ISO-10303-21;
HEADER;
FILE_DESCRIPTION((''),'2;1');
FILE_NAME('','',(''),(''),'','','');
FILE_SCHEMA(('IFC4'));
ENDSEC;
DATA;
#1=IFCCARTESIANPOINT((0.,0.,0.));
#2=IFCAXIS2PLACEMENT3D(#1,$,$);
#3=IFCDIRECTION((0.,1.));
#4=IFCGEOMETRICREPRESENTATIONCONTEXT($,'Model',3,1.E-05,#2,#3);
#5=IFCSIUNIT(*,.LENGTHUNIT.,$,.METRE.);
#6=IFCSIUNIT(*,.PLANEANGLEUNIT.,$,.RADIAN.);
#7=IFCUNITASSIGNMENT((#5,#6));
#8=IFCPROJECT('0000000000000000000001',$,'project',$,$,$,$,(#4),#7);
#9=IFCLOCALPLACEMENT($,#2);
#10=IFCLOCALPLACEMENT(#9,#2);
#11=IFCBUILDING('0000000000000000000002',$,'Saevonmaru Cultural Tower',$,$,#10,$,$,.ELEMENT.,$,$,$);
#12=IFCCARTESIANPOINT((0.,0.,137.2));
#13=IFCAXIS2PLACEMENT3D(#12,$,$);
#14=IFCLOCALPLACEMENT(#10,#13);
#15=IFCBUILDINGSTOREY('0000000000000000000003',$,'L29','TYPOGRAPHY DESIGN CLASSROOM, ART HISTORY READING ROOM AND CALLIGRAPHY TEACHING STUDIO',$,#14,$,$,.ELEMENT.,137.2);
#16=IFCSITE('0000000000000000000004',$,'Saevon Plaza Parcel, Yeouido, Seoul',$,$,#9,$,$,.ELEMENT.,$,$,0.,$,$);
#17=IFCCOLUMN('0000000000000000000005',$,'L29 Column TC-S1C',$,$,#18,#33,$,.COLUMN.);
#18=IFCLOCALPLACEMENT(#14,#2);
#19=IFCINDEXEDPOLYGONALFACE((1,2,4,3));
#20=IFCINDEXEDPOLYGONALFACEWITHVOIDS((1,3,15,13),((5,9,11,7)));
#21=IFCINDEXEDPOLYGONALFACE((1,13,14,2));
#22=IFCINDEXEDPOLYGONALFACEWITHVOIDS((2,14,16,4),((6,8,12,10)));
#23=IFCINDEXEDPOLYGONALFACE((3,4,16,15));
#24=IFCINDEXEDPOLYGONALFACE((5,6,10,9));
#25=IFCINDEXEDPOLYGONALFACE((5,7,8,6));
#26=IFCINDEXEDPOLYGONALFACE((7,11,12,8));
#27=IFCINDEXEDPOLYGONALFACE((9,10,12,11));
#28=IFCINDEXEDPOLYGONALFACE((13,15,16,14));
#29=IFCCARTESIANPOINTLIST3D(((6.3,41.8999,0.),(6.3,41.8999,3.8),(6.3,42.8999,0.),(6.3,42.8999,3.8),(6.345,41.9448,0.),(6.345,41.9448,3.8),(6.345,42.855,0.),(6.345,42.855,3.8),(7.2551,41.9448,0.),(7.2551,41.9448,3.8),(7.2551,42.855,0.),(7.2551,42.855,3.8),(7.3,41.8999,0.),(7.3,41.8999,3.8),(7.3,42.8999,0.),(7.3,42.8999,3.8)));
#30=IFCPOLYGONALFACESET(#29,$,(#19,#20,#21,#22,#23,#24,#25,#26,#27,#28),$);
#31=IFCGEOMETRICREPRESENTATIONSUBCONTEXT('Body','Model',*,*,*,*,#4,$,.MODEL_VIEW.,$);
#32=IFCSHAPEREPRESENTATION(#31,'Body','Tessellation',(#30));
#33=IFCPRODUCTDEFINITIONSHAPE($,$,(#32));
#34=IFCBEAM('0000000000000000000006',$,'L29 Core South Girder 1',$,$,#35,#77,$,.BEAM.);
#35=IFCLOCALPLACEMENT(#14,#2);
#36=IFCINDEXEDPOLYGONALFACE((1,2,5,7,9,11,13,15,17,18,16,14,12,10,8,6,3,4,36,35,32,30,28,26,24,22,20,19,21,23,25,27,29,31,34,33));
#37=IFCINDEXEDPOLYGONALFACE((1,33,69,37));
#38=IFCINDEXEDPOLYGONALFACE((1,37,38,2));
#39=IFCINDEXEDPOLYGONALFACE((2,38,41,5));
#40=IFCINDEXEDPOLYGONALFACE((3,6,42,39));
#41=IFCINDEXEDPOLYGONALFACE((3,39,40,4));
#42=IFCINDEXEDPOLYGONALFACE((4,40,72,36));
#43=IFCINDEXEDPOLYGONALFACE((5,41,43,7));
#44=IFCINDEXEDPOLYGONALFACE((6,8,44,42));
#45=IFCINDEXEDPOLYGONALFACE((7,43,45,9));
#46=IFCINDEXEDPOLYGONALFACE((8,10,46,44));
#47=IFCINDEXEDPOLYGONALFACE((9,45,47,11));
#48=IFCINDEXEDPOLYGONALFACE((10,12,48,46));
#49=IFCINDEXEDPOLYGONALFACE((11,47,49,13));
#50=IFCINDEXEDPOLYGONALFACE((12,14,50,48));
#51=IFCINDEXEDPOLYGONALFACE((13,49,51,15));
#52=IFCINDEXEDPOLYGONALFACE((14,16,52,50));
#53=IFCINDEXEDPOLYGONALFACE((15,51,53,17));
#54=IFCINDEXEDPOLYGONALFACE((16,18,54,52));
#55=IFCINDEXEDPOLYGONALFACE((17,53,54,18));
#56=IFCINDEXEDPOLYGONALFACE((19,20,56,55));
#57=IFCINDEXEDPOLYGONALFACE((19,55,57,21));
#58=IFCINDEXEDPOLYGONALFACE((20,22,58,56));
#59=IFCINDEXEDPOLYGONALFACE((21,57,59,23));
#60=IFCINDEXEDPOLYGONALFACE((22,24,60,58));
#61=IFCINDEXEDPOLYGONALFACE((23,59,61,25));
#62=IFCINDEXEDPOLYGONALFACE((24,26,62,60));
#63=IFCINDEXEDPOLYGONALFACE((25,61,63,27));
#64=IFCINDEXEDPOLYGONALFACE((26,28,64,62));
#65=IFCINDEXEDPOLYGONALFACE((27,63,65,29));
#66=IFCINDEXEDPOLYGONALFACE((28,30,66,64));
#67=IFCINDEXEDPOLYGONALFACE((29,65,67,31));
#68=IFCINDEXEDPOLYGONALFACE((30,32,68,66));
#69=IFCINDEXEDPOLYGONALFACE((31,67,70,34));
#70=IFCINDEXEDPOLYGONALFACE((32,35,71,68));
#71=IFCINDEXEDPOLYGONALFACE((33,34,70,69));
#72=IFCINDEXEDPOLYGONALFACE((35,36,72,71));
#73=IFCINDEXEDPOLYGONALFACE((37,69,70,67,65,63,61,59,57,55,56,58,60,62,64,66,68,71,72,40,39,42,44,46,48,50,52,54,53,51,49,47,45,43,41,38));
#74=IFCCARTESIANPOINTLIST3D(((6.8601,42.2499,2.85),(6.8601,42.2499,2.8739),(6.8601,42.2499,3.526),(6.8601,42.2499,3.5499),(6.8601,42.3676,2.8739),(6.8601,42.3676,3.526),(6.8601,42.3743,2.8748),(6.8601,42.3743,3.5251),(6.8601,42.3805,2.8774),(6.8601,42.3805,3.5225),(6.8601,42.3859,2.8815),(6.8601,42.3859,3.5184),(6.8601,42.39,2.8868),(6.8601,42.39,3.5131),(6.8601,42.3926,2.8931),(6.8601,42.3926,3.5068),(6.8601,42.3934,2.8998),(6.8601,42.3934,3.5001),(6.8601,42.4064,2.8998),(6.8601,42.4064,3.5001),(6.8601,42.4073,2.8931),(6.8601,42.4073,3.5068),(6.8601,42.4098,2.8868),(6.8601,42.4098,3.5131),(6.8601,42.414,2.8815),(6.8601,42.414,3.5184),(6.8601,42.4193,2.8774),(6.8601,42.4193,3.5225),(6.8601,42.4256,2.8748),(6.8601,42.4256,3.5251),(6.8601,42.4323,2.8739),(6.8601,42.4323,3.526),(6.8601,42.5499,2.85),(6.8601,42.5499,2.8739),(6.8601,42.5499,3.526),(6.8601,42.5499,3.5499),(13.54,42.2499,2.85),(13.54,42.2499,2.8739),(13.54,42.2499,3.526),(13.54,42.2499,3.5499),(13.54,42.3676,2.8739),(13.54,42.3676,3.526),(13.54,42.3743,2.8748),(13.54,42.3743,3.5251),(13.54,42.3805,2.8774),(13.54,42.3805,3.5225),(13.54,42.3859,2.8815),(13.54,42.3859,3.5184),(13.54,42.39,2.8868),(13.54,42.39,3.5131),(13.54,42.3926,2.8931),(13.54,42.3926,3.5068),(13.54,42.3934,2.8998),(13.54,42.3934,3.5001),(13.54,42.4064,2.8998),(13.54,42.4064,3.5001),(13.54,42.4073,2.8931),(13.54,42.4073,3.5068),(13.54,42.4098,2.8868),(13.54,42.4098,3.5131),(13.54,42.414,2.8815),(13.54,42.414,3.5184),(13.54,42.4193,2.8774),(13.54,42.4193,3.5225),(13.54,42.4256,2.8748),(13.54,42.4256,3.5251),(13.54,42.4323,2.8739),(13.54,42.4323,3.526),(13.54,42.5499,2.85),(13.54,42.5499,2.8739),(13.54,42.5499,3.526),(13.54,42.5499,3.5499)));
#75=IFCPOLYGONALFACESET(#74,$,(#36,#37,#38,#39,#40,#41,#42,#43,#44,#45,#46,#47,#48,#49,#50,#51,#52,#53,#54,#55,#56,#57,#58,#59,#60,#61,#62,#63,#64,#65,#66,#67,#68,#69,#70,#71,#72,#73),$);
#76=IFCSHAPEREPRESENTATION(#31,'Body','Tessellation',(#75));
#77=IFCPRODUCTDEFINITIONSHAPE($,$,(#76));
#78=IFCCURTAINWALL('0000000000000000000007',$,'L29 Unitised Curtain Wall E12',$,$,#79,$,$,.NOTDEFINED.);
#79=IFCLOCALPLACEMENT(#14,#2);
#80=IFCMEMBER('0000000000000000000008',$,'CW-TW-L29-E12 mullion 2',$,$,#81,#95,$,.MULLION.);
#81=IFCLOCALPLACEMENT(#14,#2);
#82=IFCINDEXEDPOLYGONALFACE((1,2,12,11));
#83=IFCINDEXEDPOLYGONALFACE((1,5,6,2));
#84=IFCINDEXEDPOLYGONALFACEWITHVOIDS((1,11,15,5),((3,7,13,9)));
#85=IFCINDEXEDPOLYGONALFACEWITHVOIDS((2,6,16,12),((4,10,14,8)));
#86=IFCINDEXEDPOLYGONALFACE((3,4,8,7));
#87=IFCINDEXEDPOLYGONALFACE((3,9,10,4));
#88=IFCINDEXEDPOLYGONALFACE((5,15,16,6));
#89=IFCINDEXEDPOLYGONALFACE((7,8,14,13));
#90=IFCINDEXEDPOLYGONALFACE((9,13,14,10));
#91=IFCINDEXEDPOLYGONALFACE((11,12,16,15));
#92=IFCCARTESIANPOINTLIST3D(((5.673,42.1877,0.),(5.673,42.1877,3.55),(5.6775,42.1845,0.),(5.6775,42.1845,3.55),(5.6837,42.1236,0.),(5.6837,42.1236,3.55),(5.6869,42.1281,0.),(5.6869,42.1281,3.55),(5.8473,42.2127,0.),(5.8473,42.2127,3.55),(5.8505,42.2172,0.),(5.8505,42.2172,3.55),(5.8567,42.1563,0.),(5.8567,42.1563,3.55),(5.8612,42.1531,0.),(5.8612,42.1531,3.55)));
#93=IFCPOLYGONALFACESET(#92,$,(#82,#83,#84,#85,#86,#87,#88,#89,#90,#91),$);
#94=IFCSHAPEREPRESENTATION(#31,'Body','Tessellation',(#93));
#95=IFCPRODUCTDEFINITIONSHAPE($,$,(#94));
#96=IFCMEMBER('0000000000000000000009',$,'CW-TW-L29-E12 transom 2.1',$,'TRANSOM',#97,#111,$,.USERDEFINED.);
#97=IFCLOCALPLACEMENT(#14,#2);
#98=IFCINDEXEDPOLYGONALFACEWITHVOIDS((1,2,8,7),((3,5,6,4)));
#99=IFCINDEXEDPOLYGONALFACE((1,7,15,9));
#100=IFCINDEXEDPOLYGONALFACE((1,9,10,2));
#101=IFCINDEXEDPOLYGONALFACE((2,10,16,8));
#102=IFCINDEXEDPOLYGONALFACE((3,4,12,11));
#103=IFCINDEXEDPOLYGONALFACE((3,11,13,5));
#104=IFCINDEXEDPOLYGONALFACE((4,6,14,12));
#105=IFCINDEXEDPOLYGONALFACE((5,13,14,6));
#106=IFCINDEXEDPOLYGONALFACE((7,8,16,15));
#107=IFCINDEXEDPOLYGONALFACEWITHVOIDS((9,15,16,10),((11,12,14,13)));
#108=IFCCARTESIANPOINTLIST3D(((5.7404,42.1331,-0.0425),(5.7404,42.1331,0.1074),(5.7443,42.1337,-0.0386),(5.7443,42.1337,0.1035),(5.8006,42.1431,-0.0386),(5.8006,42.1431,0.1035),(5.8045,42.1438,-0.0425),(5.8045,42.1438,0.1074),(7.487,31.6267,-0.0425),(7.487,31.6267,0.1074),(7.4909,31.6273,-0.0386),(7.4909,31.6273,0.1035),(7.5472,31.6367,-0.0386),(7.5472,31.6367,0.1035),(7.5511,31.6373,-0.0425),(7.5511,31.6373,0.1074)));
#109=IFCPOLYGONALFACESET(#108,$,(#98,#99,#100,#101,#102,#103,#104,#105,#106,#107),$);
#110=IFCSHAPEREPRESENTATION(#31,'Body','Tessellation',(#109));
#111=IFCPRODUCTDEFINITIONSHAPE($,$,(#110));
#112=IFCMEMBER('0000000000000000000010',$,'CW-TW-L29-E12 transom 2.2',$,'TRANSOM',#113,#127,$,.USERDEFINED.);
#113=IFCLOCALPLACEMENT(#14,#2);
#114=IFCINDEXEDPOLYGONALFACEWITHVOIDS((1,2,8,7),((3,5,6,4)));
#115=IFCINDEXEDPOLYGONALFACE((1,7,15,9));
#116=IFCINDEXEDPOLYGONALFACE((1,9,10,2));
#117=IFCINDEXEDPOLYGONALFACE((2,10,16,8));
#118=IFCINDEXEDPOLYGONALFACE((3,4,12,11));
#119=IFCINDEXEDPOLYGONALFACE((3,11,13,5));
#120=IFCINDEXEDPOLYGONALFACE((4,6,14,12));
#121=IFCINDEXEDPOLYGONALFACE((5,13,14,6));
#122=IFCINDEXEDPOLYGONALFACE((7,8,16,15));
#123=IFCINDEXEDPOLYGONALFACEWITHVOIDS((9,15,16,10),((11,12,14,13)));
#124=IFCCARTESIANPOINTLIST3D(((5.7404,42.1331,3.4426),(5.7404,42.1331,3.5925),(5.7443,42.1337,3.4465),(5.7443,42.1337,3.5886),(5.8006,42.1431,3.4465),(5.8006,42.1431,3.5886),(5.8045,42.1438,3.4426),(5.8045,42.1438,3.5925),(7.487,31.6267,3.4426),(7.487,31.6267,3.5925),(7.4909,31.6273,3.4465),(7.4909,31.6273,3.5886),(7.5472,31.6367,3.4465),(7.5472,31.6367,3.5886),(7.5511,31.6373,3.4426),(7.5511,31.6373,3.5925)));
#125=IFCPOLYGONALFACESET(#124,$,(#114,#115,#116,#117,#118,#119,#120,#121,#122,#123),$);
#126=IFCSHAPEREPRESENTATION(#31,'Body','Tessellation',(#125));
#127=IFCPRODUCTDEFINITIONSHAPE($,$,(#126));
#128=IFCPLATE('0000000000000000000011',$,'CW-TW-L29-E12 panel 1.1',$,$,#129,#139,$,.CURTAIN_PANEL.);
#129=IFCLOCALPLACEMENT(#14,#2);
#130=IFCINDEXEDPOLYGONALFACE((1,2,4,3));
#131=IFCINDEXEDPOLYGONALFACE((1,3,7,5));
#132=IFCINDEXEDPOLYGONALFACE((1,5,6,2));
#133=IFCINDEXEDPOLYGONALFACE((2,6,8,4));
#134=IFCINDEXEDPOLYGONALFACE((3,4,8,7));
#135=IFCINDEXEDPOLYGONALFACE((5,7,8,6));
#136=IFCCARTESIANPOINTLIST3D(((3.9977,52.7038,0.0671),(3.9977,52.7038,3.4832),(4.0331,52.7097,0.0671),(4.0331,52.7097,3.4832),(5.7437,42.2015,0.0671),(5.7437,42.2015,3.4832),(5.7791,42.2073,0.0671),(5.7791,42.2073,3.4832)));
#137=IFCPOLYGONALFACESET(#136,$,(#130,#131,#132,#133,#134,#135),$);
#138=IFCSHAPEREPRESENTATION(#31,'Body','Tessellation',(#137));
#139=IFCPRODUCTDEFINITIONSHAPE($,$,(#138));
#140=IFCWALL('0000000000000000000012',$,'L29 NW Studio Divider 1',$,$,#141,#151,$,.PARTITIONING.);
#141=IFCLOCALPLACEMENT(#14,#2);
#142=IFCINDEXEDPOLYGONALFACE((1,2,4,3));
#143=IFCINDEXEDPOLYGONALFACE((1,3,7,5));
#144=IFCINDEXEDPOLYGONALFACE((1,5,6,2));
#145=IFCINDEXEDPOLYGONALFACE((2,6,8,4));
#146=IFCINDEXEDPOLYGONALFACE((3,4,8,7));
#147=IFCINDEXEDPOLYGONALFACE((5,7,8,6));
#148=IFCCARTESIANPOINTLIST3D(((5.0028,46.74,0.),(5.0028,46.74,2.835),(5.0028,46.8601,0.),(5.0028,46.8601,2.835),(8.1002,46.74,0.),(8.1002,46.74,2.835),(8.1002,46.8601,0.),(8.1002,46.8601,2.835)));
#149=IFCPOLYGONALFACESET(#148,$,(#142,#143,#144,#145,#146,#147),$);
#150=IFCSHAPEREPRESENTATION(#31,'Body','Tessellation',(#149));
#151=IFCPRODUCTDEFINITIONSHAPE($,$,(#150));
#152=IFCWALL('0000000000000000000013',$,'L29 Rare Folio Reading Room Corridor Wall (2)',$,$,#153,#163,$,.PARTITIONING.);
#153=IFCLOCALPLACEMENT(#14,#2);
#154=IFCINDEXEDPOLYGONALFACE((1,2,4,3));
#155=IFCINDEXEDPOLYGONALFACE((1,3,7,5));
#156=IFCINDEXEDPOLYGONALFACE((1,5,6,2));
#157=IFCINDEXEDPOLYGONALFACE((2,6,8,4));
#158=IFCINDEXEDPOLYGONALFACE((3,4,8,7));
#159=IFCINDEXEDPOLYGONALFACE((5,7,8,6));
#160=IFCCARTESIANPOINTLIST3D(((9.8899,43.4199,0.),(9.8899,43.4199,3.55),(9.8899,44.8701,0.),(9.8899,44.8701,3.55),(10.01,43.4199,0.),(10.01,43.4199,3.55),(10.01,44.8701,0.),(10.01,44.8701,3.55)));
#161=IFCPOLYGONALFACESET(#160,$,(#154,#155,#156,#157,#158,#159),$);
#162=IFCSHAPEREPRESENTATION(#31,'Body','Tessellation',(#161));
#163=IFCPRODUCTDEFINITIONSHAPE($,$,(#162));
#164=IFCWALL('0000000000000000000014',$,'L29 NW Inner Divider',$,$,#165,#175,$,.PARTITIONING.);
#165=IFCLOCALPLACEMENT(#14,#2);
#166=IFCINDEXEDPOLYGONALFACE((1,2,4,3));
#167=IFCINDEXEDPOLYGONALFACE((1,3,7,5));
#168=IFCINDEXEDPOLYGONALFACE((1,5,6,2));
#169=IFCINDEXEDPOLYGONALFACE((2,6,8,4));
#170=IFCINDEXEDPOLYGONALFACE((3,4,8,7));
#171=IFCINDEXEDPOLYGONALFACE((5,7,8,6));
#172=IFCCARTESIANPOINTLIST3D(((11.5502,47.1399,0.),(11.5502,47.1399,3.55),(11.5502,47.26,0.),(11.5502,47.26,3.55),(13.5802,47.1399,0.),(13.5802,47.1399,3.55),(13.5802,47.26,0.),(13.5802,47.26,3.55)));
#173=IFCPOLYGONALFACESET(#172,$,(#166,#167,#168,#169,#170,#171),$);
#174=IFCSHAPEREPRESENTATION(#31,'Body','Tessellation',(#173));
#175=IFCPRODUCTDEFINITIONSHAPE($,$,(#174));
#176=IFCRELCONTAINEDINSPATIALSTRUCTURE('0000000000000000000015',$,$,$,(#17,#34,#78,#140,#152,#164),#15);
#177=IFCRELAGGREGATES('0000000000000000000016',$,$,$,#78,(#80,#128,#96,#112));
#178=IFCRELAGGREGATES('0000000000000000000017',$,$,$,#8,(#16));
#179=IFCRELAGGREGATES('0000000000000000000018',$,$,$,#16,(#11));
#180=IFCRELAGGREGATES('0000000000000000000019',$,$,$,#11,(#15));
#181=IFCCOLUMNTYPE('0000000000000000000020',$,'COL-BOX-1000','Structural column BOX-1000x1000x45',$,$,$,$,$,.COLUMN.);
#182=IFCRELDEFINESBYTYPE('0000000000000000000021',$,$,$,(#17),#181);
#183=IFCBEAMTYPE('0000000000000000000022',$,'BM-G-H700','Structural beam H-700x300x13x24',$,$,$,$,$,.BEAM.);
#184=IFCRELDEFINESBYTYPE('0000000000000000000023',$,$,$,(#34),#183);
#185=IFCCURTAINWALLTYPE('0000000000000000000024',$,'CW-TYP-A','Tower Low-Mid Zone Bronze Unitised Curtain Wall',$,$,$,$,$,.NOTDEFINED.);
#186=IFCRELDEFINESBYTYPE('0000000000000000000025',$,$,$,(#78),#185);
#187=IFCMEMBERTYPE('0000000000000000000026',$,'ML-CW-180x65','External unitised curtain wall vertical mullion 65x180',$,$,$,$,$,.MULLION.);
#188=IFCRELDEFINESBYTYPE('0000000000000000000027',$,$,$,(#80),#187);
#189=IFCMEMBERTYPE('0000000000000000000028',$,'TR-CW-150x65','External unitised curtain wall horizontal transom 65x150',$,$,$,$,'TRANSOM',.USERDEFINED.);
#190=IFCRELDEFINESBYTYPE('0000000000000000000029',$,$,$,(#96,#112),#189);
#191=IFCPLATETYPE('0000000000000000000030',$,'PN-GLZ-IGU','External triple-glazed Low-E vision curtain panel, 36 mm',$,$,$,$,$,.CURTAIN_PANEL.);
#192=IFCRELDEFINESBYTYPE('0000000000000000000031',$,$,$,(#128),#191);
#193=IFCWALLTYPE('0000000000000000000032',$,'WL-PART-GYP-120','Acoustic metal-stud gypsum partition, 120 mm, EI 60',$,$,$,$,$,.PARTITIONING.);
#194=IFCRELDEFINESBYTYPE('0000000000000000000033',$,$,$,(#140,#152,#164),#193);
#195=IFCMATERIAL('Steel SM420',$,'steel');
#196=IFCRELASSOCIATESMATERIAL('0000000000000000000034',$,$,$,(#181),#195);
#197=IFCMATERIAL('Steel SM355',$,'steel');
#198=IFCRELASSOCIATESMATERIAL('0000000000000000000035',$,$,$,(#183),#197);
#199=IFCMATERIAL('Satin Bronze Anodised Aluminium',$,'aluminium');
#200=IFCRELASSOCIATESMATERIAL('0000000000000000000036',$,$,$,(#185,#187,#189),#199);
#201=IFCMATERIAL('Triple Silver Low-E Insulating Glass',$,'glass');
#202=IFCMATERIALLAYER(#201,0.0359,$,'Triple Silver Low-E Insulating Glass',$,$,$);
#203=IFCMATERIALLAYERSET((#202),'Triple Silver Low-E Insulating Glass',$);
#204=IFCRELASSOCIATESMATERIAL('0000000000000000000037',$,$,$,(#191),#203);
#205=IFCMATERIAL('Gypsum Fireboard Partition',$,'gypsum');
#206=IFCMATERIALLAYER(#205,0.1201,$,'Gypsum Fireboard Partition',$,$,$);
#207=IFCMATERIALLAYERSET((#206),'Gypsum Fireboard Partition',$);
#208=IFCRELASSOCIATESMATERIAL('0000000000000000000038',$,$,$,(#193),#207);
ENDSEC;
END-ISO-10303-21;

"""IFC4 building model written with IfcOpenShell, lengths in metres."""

from ifc_helpers import new_model, si_unit, direction, frame, frame_2d, origin, origin_2d, place, context, subcontext, project, spatial, rectangle, hollow_rectangle, i_section, extrude, material, layer, layer_set, material_profile, profile_set, type_object, element, aggregate, save


model = new_model("IFC4")

# Units and contexts
model_context = context("Model", 3, precision=1e-05, world=origin(), true_north=direction((0.0, 1.0)))
body_context = subcontext(model_context, "Body", "Model", "MODEL_VIEW")
ifc_project = project(units=[si_unit("LENGTHUNIT", "METRE"), si_unit("PLANEANGLEUNIT", "RADIAN")], contexts=[model_context])

# Site, building, storey
site_placement = place(None, origin())
site = spatial("IfcSite", under=ifc_project, at=site_placement, Name="Saevon Plaza Parcel, Yeouido, Seoul", CompositionType="ELEMENT", RefElevation=0.0)
building_placement = place(site_placement, origin())
building = spatial("IfcBuilding", under=site, at=building_placement, Name="Saevonmaru Cultural Tower", CompositionType="ELEMENT")
storey_placement = place(building_placement, frame((0.0, 0.0, 137.2)))
storey = spatial("IfcBuildingStorey", under=building, at=storey_placement, Name="L29", Description="TYPOGRAPHY DESIGN CLASSROOM, ART HISTORY READING ROOM AND CALLIGRAPHY TEACHING STUDIO", CompositionType="ELEMENT", Elevation=137.2)

# Column
ifc_material_1 = material(Name="Steel SM420", Category="steel")
ifc_material_profile_1 = material_profile(ifc_material_1, hollow_rectangle(XDim=1.0, YDim=1.0, WallThickness=0.0449, at=origin_2d()), Name="BOX-1000x1000x45")
ifc_profile_set_1 = profile_set([ifc_material_profile_1], Name="Steel SM420")
column_type = type_object("IfcColumnType", Name="COL-BOX-1000", Description="Structural column BOX-1000x1000x45", PredefinedType="COLUMN", material=ifc_profile_set_1)
column_placement = place(storey_placement, frame((6.8, 42.3999, 0.0), z_axis=(0.0, 0.0, 1.0), x_axis=(1.0, 0.0, 0.0)))
element("IfcColumn", 1, at=column_placement, inside=storey, type_object=column_type, Name="L29 Column TC-S1C", PredefinedType="COLUMN", context=body_context, shape_type="SweptSolid", body=[
    extrude(hollow_rectangle(XDim=1.0, YDim=1.0, WallThickness=0.0449, at=origin_2d()), origin(), (0.0, 0.0, 1.0), 3.8),
])

# Beam
ifc_material_2 = material(Name="Steel SM355", Category="steel")
ifc_material_profile_2 = material_profile(ifc_material_2, i_section(OverallWidth=0.3, OverallDepth=0.7, WebThickness=0.0129, FlangeThickness=0.0239, FilletRadius=0.0259, at=origin_2d()), Name="H-700x300x13x24")
ifc_profile_set_2 = profile_set([ifc_material_profile_2], Name="Steel SM355")
beam_type = type_object("IfcBeamType", Name="BM-G-H700", Description="Structural beam H-700x300x13x24", PredefinedType="BEAM", material=ifc_profile_set_2)
beam_placement = place(storey_placement, frame((6.8601, 42.3999, 3.2), z_axis=(1.0, 0.0, 0.0), x_axis=(0.0, 1.0, 0.0)))
element("IfcBeam", 2, at=beam_placement, inside=storey, type_object=beam_type, Name="L29 Core South Girder 1", PredefinedType="BEAM", context=body_context, shape_type="SweptSolid", body=[
    extrude(i_section(OverallWidth=0.3, OverallDepth=0.7, WebThickness=0.0129, FlangeThickness=0.0239, FilletRadius=0.0259, at=origin_2d()), origin(), (0.0, 0.0, 1.0), 6.6799),
])

# Curtain wall, members, plate
ifc_material_3 = material(Name="Satin Bronze Anodised Aluminium", Category="aluminium")
curtain_wall_type = type_object("IfcCurtainWallType", Name="CW-TYP-A", Description="Tower Low-Mid Zone Bronze Unitised Curtain Wall", PredefinedType="NOTDEFINED", material=ifc_material_3)
curtain_wall_placement = place(storey_placement, origin())
curtain_wall = element("IfcCurtainWall", 3, at=curtain_wall_placement, inside=storey, type_object=curtain_wall_type, Name="L29 Unitised Curtain Wall E12", PredefinedType="NOTDEFINED")
ifc_material_profile_3 = material_profile(ifc_material_3, hollow_rectangle(XDim=0.0649, YDim=0.1799, WallThickness=0.0039, at=origin_2d()), Name="ALU-MULL-180x65x4")
ifc_profile_set_3 = profile_set([ifc_material_profile_3], Name="Satin Bronze Anodised Aluminium")
member_type_1 = type_object("IfcMemberType", Name="ML-CW-180x65", Description="External unitised curtain wall vertical mullion 65x180", PredefinedType="MULLION", material=ifc_profile_set_3)
member_1_placement = place(storey_placement, frame((5.7671, 42.1704, 0.0), z_axis=(0.0, 0.0, 1.0), x_axis=(0.163999, -0.986461, 0.0)))
member_1 = element("IfcMember", 4, at=member_1_placement, type_object=member_type_1, Name="CW-TW-L29-E12 mullion 2", PredefinedType="MULLION", context=body_context, shape_type="SweptSolid", body=[
    extrude(hollow_rectangle(XDim=0.0649, YDim=0.1799, WallThickness=0.0039, at=origin_2d()), origin(), (0.0, 0.0, 1.0), 3.55),
])
ifc_material_profile_4 = material_profile(ifc_material_3, hollow_rectangle(XDim=0.0649, YDim=0.1499, WallThickness=0.0039, at=origin_2d()), Name="ALU-TRAN-150x65x4")
ifc_profile_set_4 = profile_set([ifc_material_profile_4], Name="Satin Bronze Anodised Aluminium")
member_type_2 = type_object("IfcMemberType", Name="TR-CW-150x65", Description="External unitised curtain wall horizontal transom 65x150", ElementType="TRANSOM", PredefinedType="USERDEFINED", material=ifc_profile_set_4)
member_2_placement = place(storey_placement, frame((5.7725, 42.1384, 0.0325), z_axis=(0.16399, -0.986462, 0.0), x_axis=(0.986462, 0.16399, 0.0)))
member_2 = element("IfcMember", 5, at=member_2_placement, type_object=member_type_2, Name="CW-TW-L29-E12 transom 2.1", ObjectType="TRANSOM", PredefinedType="USERDEFINED", context=body_context, shape_type="SweptSolid", body=[
    extrude(hollow_rectangle(XDim=0.0649, YDim=0.1499, WallThickness=0.0039, at=origin_2d()), origin(), (0.0, 0.0, 1.0), 10.6506),
])
member_3_placement = place(storey_placement, frame((5.7725, 42.1384, 3.5176), z_axis=(0.16399, -0.986462, 0.0), x_axis=(0.986462, 0.16399, 0.0)))
member_3 = element("IfcMember", 6, at=member_3_placement, type_object=member_type_2, Name="CW-TW-L29-E12 transom 2.2", ObjectType="TRANSOM", PredefinedType="USERDEFINED", context=body_context, shape_type="SweptSolid", body=[
    extrude(hollow_rectangle(XDim=0.0649, YDim=0.1499, WallThickness=0.0039, at=origin_2d()), origin(), (0.0, 0.0, 1.0), 10.6506),
])
ifc_material_4 = material(Name="Triple Silver Low-E Insulating Glass", Category="glass")
ifc_layer_1 = layer(ifc_material_4, 0.0359, Name="Triple Silver Low-E Insulating Glass")
ifc_layer_set_1 = layer_set([ifc_layer_1], Name="Triple Silver Low-E Insulating Glass")
plate_type = type_object("IfcPlateType", Name="PN-GLZ-IGU", Description="External triple-glazed Low-E vision curtain panel, 36 mm", PredefinedType="CURTAIN_PANEL", material=ifc_layer_set_1)
plate_placement = place(storey_placement, frame((4.8884, 47.4556, 0.0671), z_axis=(0.0, 0.0, 1.0), x_axis=(0.163999, -0.986461, 0.0)))
plate = element("IfcPlate", 7, at=plate_placement, type_object=plate_type, Name="CW-TW-L29-E12 panel 1.1", PredefinedType="CURTAIN_PANEL", context=body_context, shape_type="SweptSolid", body=[
    extrude(rectangle(XDim=10.6465, YDim=0.0359, at=origin_2d()), origin(), (0.0, 0.0, 1.0), 3.416),
])
aggregate(curtain_wall, [member_1, plate, member_2, member_3])

# Wall
ifc_material_5 = material(Name="Gypsum Fireboard Partition", Category="gypsum")
ifc_layer_2 = layer(ifc_material_5, 0.1201, Name="Gypsum Fireboard Partition")
ifc_layer_set_2 = layer_set([ifc_layer_2], Name="Gypsum Fireboard Partition")
wall_type_1 = type_object("IfcWallType", Name="WL-PART-GYP-120", Description="Acoustic metal-stud gypsum partition, 120 mm, EI 60", PredefinedType="PARTITIONING", material=ifc_layer_set_2)
wall_1_placement = place(storey_placement, frame((5.0027, 46.8, 0.0), z_axis=(0.0, 0.0, 1.0), x_axis=(1.0, 0.0, 0.0)))
element("IfcWall", 8, at=wall_1_placement, inside=storey, type_object=wall_type_1, Name="L29 NW Studio Divider 1", PredefinedType="PARTITIONING", context=body_context, shape_type="SweptSolid", body=[
    extrude(rectangle(XDim=3.0974, YDim=0.1201, at=frame_2d((1.5488, 0.0))), origin(), (0.0, 0.0, 1.0), 2.835),
])

# Walls
wall_2_placement = place(storey_placement, frame((9.95, 43.4199, 0.0), z_axis=(0.0, 0.0, 1.0), x_axis=(0.0, 1.0, 0.0)))
element("IfcWall", 9, at=wall_2_placement, inside=storey, type_object=wall_type_1, Name="L29 Rare Folio Reading Room Corridor Wall (2)", PredefinedType="PARTITIONING", context=body_context, shape_type="SweptSolid", body=[
    extrude(rectangle(XDim=1.4502, YDim=0.1201, at=frame_2d((0.7251, 0.0))), origin(), (0.0, 0.0, 1.0), 3.55),
])
wall_3_placement = place(storey_placement, frame((11.55, 47.2, 0.0), z_axis=(0.0, 0.0, 1.0), x_axis=(1.0, 0.0, 0.0)))
element("IfcWall", 10, at=wall_3_placement, inside=storey, type_object=wall_type_1, Name="L29 NW Inner Divider", PredefinedType="PARTITIONING", context=body_context, shape_type="SweptSolid", body=[
    extrude(rectangle(XDim=2.03, YDim=0.1201, at=frame_2d((1.0151, 0.0))), origin(), (0.0, 0.0, 1.0), 3.55),
])

save(model, "model.ifc")
